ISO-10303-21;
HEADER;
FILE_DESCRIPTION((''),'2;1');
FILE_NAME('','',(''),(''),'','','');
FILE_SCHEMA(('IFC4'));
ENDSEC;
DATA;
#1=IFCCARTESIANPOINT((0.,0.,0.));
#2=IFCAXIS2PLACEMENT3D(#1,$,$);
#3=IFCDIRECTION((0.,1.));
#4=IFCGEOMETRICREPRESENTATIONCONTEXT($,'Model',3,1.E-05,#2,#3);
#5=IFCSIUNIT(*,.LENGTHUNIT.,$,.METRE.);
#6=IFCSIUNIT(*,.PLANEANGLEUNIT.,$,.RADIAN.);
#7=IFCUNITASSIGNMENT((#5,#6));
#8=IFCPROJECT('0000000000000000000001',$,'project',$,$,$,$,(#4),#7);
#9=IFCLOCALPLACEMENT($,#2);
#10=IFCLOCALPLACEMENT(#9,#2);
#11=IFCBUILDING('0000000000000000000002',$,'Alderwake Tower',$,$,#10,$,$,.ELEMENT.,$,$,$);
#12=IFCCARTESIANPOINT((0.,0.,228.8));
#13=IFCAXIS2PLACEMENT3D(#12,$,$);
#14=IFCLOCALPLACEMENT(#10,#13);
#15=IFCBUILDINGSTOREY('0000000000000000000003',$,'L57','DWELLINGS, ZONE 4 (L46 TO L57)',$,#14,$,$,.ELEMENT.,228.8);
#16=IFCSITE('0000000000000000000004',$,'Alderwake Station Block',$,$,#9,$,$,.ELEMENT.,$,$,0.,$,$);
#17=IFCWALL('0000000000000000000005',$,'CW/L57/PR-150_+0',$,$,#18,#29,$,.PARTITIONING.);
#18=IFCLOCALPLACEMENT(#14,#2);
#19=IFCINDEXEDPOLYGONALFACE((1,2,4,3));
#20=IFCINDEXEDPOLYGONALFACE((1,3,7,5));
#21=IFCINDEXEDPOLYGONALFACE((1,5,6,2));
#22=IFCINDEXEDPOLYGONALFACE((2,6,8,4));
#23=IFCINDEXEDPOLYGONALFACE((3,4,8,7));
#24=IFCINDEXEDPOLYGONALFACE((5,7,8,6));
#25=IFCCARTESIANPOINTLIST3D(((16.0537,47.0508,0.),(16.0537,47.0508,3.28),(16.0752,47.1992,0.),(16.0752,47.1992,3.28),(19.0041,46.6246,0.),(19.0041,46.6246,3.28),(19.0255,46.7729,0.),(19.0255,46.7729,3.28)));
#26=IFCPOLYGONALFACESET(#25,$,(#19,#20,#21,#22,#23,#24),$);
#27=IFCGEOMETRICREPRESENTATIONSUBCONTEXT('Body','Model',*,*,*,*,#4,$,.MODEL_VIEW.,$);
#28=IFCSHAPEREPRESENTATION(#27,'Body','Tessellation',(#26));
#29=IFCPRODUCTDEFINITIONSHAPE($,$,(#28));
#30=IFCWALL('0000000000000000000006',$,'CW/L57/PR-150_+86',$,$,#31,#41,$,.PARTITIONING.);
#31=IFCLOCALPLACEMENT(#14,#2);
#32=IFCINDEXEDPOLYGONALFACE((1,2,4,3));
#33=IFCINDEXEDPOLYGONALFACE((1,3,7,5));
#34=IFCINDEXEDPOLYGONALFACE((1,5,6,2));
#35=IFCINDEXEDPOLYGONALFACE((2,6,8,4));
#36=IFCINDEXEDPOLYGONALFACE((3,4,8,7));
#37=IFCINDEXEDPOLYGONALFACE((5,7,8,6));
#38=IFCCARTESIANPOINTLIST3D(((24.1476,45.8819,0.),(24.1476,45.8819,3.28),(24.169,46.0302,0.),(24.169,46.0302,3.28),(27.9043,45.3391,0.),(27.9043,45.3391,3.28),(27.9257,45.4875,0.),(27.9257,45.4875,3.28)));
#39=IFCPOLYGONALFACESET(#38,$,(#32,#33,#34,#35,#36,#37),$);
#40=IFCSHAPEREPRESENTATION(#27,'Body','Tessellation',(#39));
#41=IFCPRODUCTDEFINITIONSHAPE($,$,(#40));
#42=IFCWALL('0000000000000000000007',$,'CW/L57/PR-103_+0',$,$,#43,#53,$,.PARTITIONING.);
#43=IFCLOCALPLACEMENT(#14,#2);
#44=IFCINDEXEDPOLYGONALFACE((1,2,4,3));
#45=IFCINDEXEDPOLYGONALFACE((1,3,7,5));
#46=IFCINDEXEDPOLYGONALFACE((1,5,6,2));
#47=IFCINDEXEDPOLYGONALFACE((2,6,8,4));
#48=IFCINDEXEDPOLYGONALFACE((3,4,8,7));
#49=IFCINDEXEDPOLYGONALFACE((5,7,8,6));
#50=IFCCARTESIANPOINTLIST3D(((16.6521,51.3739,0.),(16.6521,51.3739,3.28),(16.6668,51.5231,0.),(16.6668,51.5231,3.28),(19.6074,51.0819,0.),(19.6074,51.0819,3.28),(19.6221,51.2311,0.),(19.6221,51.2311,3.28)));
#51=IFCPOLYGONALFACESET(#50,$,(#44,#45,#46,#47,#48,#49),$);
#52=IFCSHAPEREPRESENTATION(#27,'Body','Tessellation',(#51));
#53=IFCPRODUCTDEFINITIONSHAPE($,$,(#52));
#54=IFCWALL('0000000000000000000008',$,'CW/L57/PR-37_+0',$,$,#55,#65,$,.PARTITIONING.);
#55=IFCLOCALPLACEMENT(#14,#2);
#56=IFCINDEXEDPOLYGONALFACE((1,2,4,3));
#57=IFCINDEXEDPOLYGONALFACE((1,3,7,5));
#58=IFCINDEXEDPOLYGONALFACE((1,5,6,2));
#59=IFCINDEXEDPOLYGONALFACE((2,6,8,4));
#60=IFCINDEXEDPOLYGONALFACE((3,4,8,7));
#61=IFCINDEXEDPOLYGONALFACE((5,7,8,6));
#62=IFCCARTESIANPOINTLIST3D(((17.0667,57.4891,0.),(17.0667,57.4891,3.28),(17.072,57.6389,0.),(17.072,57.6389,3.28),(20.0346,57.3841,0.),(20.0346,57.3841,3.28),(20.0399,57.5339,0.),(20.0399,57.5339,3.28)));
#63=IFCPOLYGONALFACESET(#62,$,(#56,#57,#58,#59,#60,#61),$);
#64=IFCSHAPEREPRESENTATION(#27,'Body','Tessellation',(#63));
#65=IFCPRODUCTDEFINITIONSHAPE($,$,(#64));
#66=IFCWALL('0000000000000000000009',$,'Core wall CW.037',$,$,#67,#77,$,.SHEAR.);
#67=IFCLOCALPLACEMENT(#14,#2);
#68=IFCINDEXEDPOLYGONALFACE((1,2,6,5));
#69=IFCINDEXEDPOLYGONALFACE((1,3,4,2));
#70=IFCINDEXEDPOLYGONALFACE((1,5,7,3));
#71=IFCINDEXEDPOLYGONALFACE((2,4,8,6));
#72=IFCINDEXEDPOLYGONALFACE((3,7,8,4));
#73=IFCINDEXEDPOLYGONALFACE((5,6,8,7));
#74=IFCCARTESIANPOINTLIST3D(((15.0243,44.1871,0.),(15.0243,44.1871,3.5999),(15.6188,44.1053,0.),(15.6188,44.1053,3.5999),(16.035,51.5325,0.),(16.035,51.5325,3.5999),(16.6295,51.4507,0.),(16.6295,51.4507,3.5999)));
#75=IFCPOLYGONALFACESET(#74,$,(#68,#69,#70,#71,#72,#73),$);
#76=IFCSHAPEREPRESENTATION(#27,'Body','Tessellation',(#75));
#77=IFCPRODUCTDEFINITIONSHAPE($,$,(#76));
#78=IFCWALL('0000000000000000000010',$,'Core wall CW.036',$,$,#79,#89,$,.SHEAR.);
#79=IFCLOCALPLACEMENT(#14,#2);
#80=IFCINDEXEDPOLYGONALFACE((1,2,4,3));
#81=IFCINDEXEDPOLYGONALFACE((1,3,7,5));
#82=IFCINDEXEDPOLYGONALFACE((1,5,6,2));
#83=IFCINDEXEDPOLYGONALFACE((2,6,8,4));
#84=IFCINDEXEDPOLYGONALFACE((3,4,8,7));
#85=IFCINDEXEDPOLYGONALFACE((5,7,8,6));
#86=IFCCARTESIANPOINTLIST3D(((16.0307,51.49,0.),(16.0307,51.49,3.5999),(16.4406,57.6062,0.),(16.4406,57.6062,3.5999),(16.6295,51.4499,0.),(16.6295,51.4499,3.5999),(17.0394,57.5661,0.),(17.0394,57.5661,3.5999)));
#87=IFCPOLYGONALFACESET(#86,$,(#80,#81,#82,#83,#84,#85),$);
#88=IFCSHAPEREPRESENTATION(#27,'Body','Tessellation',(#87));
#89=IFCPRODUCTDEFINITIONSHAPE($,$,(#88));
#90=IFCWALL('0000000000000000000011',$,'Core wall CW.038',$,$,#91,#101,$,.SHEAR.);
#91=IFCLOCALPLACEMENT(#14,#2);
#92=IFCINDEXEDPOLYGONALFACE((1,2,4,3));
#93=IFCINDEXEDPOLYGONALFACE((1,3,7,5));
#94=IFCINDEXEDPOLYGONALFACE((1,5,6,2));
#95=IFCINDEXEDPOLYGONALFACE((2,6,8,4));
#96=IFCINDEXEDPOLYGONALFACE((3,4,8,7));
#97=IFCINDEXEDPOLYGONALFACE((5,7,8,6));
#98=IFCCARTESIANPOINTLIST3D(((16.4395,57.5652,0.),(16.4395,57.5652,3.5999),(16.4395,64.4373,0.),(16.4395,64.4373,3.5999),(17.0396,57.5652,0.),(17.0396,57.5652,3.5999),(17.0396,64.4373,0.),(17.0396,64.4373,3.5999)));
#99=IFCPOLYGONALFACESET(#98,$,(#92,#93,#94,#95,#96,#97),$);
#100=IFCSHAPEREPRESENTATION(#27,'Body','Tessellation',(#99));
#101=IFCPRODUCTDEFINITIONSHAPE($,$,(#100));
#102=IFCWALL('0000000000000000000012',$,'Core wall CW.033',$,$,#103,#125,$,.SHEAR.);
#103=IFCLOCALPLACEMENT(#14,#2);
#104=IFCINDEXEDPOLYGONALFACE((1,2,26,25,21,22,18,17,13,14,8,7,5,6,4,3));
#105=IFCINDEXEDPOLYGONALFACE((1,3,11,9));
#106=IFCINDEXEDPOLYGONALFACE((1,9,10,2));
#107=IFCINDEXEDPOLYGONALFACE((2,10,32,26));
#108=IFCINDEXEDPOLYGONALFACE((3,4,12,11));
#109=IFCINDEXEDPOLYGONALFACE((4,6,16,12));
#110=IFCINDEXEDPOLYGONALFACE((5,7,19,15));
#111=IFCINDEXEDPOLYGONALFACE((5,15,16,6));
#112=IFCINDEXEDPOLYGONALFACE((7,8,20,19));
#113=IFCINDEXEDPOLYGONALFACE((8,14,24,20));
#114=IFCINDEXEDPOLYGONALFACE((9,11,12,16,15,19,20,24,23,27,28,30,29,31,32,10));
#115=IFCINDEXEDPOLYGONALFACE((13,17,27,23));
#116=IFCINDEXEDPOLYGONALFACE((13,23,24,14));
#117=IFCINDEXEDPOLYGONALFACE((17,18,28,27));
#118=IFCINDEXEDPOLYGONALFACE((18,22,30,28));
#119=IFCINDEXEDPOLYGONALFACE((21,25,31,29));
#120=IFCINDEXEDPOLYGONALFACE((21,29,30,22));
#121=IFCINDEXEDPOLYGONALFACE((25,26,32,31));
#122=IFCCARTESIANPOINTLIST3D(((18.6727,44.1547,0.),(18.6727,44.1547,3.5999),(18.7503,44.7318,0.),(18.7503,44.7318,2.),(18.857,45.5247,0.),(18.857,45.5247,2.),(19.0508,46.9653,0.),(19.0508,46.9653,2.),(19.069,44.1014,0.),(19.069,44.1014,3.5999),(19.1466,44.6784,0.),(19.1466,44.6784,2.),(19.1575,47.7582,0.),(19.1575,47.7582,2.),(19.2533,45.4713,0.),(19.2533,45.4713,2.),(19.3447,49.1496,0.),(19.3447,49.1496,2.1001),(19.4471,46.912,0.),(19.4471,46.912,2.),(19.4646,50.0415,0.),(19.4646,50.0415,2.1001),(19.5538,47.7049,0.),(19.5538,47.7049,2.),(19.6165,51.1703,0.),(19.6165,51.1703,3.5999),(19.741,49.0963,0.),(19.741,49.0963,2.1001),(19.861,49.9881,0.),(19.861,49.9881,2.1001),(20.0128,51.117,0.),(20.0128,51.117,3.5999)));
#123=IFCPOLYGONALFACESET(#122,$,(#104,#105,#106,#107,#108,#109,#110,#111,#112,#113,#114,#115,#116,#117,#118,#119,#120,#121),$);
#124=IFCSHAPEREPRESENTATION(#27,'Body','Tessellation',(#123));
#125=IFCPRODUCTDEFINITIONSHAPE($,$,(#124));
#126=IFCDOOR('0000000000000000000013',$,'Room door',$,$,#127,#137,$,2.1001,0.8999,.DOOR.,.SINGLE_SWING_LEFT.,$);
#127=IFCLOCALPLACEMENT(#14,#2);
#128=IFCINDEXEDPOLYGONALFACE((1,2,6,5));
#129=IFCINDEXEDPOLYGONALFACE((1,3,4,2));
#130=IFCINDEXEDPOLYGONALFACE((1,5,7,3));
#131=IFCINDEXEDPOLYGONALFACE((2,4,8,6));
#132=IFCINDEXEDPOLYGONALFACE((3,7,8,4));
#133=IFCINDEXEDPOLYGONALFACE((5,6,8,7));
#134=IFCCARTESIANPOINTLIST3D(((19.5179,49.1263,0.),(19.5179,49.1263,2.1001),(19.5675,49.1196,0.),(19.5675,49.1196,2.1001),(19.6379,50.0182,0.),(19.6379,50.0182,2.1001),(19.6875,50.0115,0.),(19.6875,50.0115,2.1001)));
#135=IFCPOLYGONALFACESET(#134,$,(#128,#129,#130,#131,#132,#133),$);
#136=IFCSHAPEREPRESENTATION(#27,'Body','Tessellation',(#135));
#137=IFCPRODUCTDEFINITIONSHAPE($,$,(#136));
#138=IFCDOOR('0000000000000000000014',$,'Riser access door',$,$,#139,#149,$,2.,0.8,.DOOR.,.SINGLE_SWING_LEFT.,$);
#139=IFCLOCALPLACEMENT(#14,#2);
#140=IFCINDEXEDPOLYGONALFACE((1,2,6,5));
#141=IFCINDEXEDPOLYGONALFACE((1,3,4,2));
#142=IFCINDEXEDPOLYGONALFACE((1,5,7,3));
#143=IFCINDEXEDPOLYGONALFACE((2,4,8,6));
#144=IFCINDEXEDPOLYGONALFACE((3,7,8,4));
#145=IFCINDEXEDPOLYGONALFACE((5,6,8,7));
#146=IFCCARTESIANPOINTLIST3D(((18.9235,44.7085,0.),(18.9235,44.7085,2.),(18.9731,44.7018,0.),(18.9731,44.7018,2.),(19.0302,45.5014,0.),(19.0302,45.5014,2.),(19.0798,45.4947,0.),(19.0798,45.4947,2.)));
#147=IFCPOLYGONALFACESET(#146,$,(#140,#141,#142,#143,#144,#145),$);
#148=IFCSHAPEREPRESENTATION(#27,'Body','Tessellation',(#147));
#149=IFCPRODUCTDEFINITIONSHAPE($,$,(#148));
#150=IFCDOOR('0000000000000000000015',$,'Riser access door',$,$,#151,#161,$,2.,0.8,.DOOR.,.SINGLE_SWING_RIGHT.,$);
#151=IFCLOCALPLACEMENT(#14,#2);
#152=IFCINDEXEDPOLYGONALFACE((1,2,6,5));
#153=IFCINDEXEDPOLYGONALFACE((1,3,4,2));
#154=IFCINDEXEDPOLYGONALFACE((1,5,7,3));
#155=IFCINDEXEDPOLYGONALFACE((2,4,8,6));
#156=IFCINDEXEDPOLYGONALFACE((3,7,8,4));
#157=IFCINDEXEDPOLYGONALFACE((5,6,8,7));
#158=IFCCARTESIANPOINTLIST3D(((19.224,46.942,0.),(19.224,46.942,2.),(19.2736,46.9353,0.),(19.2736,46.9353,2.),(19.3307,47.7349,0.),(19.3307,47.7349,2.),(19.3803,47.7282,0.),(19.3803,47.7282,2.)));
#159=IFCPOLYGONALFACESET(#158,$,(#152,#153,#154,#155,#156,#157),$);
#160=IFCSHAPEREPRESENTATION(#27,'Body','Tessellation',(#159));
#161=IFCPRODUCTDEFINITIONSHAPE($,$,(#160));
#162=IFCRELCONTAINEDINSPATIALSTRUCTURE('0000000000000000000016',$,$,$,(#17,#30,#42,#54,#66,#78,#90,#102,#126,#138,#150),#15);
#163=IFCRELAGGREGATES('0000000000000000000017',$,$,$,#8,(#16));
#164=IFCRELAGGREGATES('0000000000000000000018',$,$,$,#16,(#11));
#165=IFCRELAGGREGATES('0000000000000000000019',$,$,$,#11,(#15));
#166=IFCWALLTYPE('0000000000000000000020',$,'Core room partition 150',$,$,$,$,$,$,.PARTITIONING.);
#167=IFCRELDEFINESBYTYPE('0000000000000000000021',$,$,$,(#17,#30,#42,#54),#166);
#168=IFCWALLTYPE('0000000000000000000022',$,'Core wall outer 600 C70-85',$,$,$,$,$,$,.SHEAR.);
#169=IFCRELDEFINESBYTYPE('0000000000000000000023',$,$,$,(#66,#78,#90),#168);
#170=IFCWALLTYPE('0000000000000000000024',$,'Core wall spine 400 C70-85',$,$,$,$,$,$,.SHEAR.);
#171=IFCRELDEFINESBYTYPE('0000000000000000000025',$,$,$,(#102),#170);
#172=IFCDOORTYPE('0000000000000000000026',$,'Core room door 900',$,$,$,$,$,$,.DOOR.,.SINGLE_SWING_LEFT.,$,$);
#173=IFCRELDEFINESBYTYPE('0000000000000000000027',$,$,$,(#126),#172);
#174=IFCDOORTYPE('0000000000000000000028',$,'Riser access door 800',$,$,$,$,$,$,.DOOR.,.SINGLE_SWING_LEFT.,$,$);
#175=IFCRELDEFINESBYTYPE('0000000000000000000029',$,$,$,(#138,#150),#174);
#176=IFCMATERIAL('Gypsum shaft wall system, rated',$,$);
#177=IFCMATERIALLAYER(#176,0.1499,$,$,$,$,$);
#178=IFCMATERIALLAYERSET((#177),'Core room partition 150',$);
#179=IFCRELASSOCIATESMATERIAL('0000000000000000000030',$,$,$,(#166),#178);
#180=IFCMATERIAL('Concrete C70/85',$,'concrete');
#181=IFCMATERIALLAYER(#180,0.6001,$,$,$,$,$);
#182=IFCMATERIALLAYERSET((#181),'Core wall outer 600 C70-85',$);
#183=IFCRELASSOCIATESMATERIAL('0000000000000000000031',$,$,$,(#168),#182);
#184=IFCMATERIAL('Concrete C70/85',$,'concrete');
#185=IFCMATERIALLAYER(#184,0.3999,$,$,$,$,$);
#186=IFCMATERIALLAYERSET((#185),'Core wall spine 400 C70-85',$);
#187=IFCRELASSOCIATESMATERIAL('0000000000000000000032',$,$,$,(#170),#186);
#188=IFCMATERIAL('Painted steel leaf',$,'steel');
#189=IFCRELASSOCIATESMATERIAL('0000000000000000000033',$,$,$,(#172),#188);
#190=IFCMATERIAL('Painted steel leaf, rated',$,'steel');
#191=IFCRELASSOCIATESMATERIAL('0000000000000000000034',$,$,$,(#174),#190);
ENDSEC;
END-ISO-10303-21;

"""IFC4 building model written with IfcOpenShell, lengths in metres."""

from ifc_helpers import new_model, si_unit, direction, frame, frame_2d, origin, place, context, subcontext, project, spatial, rectangle, extrude, material, layer, layer_set, type_object, element, fill, save


model = new_model("IFC4")

# Units and contexts
model_context = context("Model", 3, precision=1e-05, world=origin(), true_north=direction((0.0, 1.0)))
body_context = subcontext(model_context, "Body", "Model", "MODEL_VIEW")
ifc_project = project(units=[si_unit("LENGTHUNIT", "METRE"), si_unit("PLANEANGLEUNIT", "RADIAN")], contexts=[model_context])

# Site, building, storey
site_placement = place(None, origin())
site = spatial("IfcSite", under=ifc_project, at=site_placement, Name="Alderwake Station Block", CompositionType="ELEMENT", RefElevation=0.0)
building_placement = place(site_placement, origin())
building = spatial("IfcBuilding", under=site, at=building_placement, Name="Alderwake Tower", CompositionType="ELEMENT")
storey_placement = place(building_placement, frame((0.0, 0.0, 228.8)))
storey = spatial("IfcBuildingStorey", under=building, at=storey_placement, Name="L57", Description="DWELLINGS, ZONE 4 (L46 TO L57)", CompositionType="ELEMENT", Elevation=228.8)

# Walls
ifc_material_1 = material(Name="Gypsum shaft wall system, rated")
ifc_layer_1 = layer(ifc_material_1, 0.1499)
ifc_layer_set_1 = layer_set([ifc_layer_1], Name="Core room partition 150")
wall_type_1 = type_object("IfcWallType", Name="Core room partition 150", PredefinedType="PARTITIONING", material=ifc_layer_set_1)
wall_1_placement = place(storey_placement, frame((16.0645, 47.125, 0.0), z_axis=(0.0, 0.0, 1.0), x_axis=(0.989724, -0.142992, 0.0)))
element("IfcWall", 1, at=wall_1_placement, inside=storey, type_object=wall_type_1, Name="CW/L57/PR-150_+0", PredefinedType="PARTITIONING", context=body_context, shape_type="SweptSolid", body=[
    extrude(rectangle(XDim=2.981, YDim=0.1499, at=frame_2d((1.4905, 0.0))), origin(), (0.0, 0.0, 1.0), 3.28),
])
wall_2_placement = place(storey_placement, frame((24.1582, 45.9561, 0.0), z_axis=(0.0, 0.0, 1.0), x_axis=(0.989724, -0.142988, 0.0)))
element("IfcWall", 2, at=wall_2_placement, inside=storey, type_object=wall_type_1, Name="CW/L57/PR-150_+86", PredefinedType="PARTITIONING", context=body_context, shape_type="SweptSolid", body=[
    extrude(rectangle(XDim=3.7957, YDim=0.1499, at=frame_2d((1.8979, 0.0))), origin(), (0.0, 0.0, 1.0), 3.28),
])
for number, where, z_axis, x_axis, name in (
    (3, (16.6594, 51.4485, 0.0), (0.0, 0.0, 1.0), (0.995155, -0.098323, 0.0), "CW/L57/PR-103_+0"),
    (4, (17.0693, 57.564, 0.0), (0.0, 0.0, 1.0), (0.999375, -0.035351, 0.0), "CW/L57/PR-37_+0"),
):
    element("IfcWall", number, at=place(storey_placement, frame(where, z_axis=z_axis, x_axis=x_axis)), inside=storey, type_object=wall_type_1, Name=name, PredefinedType="PARTITIONING", context=body_context, shape_type="SweptSolid", body=[
        extrude(rectangle(XDim=2.9697, YDim=0.1499, at=frame_2d((1.4849, 0.0))), origin(), (0.0, 0.0, 1.0), 3.28),
    ])
ifc_material_2 = material(Name="Concrete C70/85", Category="concrete")
ifc_layer_2 = layer(ifc_material_2, 0.6001)
ifc_layer_set_2 = layer_set([ifc_layer_2], Name="Core wall outer 600 C70-85")
wall_type_2 = type_object("IfcWallType", Name="Core wall outer 600 C70-85", PredefinedType="SHEAR", material=ifc_layer_set_2)
wall_3_placement = place(storey_placement, frame((15.3215, 44.1462, 0.0), z_axis=(0.0, 0.0, 1.0), x_axis=(0.136316, 0.990665, 0.0)))
element("IfcWall", 5, at=wall_3_placement, inside=storey, type_object=wall_type_2, Name="Core wall CW.037", PredefinedType="SHEAR", context=body_context, shape_type="SweptSolid", body=[
    extrude(rectangle(XDim=7.4146, YDim=0.6001, at=frame_2d((3.7073, 0.0))), origin(), (0.0, 0.0, 1.0), 3.5999),
])
wall_4_placement = place(storey_placement, frame((16.3301, 51.47, 0.0), z_axis=(0.0, 0.0, 1.0), x_axis=(0.066871, 0.997762, 0.0)))
element("IfcWall", 6, at=wall_4_placement, inside=storey, type_object=wall_type_2, Name="Core wall CW.036", PredefinedType="SHEAR", context=body_context, shape_type="SweptSolid", body=[
    extrude(rectangle(XDim=6.1299, YDim=0.6001, at=frame_2d((3.0649, 0.0))), origin(), (0.0, 0.0, 1.0), 3.5999),
])
wall_5_placement = place(storey_placement, frame((16.7395, 57.5652, 0.0), z_axis=(0.0, 0.0, 1.0), x_axis=(0.0, 1.0, 0.0)))
element("IfcWall", 7, at=wall_5_placement, inside=storey, type_object=wall_type_2, Name="Core wall CW.038", PredefinedType="SHEAR", context=body_context, shape_type="SweptSolid", body=[
    extrude(rectangle(XDim=6.8721, YDim=0.6001, at=frame_2d((3.436, 0.0))), origin(), (0.0, 0.0, 1.0), 3.5999),
])

# Wall, openings, doors
ifc_material_3 = material(Name="Concrete C70/85", Category="concrete")
ifc_layer_3 = layer(ifc_material_3, 0.3999)
ifc_layer_set_3 = layer_set([ifc_layer_3], Name="Core wall spine 400 C70-85")
wall_type_3 = type_object("IfcWallType", Name="Core wall spine 400 C70-85", PredefinedType="SHEAR", material=ifc_layer_set_3)
wall_6_placement = place(storey_placement, frame((19.8147, 51.1438, 0.0), z_axis=(0.0, 0.0, 1.0), x_axis=(-0.133334, -0.991071, 0.0)))
wall_6 = element("IfcWall", 8, at=wall_6_placement, inside=storey, type_object=wall_type_3, Name="Core wall CW.033", PredefinedType="SHEAR", context=body_context, shape_type="SweptSolid", body=[
    extrude(rectangle(XDim=7.0789, YDim=0.3999, at=frame_2d((3.5396, 0.0))), origin(), (0.0, 0.0, 1.0), 3.5999),
])
opening_1_placement = place(wall_6_placement, frame((5.6968, 0.0, 0.0)))
opening_1 = element("IfcOpeningElement", 9, at=opening_1_placement, cuts=wall_6, PredefinedType="OPENING", context=body_context, shape_type="SweptSolid", body=[
    extrude(rectangle(XDim=0.8, YDim=2.0, at=frame_2d((0.3999, 1.0))), frame((0.0, 0.21, 0.0), z_axis=(0.0, -1.0, 0.0), x_axis=(1.0, 0.0, 0.0)), (0.0, 0.0, 1.0), 0.4199),
])
opening_2_placement = place(wall_6_placement, frame((3.4431, 0.0, 0.0)))
opening_2 = element("IfcOpeningElement", 10, at=opening_2_placement, cuts=wall_6, PredefinedType="OPENING", context=body_context, shape_type="SweptSolid", body=[
    extrude(rectangle(XDim=0.8, YDim=2.0, at=frame_2d((0.3999, 1.0))), frame((0.0, 0.21, 0.0), z_axis=(0.0, -1.0, 0.0), x_axis=(1.0, 0.0, 0.0)), (0.0, 0.0, 1.0), 0.4199),
])
opening_3_placement = place(wall_6_placement, frame((1.1392, 0.0, 0.0)))
opening_3 = element("IfcOpeningElement", 11, at=opening_3_placement, cuts=wall_6, PredefinedType="OPENING", context=body_context, shape_type="SweptSolid", body=[
    extrude(rectangle(XDim=0.8999, YDim=2.1001, at=frame_2d((0.45, 1.05))), frame((0.0, 0.21, 0.0), z_axis=(0.0, -1.0, 0.0), x_axis=(1.0, 0.0, 0.0)), (0.0, 0.0, 1.0), 0.4199),
])
ifc_material_4 = material(Name="Painted steel leaf", Category="steel")
door_type_1 = type_object("IfcDoorType", Name="Core room door 900", OperationType="SINGLE_SWING_LEFT", PredefinedType="DOOR", material=ifc_material_4)
door_1_placement = place(opening_3_placement, origin())
door_1 = element("IfcDoor", 12, at=door_1_placement, inside=storey, type_object=door_type_1, Name="Room door", OperationType="SINGLE_SWING_LEFT", OverallHeight=2.1001, OverallWidth=0.8999, PredefinedType="DOOR", context=body_context, shape_type="SweptSolid", body=[
    extrude(rectangle(XDim=0.8999, YDim=2.1001, at=frame_2d((0.45, 1.05))), frame((0.0, 0.0249, 0.0), z_axis=(0.0, -1.0, 0.0), x_axis=(1.0, 0.0, 0.0)), (0.0, 0.0, 1.0), 0.05),
])
fill(opening_3, door_1)
ifc_material_5 = material(Name="Painted steel leaf, rated", Category="steel")
door_type_2 = type_object("IfcDoorType", Name="Riser access door 800", OperationType="SINGLE_SWING_LEFT", PredefinedType="DOOR", material=ifc_material_5)
door_2_placement = place(opening_1_placement, origin())
door_2 = element("IfcDoor", 13, at=door_2_placement, inside=storey, type_object=door_type_2, Name="Riser access door", OperationType="SINGLE_SWING_LEFT", OverallHeight=2.0, OverallWidth=0.8, PredefinedType="DOOR", context=body_context, shape_type="SweptSolid", body=[
    extrude(rectangle(XDim=0.8, YDim=2.0, at=frame_2d((0.3999, 1.0))), frame((0.0, 0.0249, 0.0), z_axis=(0.0, -1.0, 0.0), x_axis=(1.0, 0.0, 0.0)), (0.0, 0.0, 1.0), 0.05),
])
fill(opening_1, door_2)
door_3_placement = place(opening_2_placement, origin())
door_3 = element("IfcDoor", 14, at=door_3_placement, inside=storey, type_object=door_type_2, Name="Riser access door", OperationType="SINGLE_SWING_RIGHT", OverallHeight=2.0, OverallWidth=0.8, PredefinedType="DOOR", context=body_context, shape_type="SweptSolid", body=[
    extrude(rectangle(XDim=0.8, YDim=2.0, at=frame_2d((0.3999, 1.0))), frame((0.0, 0.0249, 0.0), z_axis=(0.0, -1.0, 0.0), x_axis=(1.0, 0.0, 0.0)), (0.0, 0.0, 1.0), 0.05),
])
fill(opening_2, door_3)

save(model, "model.ifc")
